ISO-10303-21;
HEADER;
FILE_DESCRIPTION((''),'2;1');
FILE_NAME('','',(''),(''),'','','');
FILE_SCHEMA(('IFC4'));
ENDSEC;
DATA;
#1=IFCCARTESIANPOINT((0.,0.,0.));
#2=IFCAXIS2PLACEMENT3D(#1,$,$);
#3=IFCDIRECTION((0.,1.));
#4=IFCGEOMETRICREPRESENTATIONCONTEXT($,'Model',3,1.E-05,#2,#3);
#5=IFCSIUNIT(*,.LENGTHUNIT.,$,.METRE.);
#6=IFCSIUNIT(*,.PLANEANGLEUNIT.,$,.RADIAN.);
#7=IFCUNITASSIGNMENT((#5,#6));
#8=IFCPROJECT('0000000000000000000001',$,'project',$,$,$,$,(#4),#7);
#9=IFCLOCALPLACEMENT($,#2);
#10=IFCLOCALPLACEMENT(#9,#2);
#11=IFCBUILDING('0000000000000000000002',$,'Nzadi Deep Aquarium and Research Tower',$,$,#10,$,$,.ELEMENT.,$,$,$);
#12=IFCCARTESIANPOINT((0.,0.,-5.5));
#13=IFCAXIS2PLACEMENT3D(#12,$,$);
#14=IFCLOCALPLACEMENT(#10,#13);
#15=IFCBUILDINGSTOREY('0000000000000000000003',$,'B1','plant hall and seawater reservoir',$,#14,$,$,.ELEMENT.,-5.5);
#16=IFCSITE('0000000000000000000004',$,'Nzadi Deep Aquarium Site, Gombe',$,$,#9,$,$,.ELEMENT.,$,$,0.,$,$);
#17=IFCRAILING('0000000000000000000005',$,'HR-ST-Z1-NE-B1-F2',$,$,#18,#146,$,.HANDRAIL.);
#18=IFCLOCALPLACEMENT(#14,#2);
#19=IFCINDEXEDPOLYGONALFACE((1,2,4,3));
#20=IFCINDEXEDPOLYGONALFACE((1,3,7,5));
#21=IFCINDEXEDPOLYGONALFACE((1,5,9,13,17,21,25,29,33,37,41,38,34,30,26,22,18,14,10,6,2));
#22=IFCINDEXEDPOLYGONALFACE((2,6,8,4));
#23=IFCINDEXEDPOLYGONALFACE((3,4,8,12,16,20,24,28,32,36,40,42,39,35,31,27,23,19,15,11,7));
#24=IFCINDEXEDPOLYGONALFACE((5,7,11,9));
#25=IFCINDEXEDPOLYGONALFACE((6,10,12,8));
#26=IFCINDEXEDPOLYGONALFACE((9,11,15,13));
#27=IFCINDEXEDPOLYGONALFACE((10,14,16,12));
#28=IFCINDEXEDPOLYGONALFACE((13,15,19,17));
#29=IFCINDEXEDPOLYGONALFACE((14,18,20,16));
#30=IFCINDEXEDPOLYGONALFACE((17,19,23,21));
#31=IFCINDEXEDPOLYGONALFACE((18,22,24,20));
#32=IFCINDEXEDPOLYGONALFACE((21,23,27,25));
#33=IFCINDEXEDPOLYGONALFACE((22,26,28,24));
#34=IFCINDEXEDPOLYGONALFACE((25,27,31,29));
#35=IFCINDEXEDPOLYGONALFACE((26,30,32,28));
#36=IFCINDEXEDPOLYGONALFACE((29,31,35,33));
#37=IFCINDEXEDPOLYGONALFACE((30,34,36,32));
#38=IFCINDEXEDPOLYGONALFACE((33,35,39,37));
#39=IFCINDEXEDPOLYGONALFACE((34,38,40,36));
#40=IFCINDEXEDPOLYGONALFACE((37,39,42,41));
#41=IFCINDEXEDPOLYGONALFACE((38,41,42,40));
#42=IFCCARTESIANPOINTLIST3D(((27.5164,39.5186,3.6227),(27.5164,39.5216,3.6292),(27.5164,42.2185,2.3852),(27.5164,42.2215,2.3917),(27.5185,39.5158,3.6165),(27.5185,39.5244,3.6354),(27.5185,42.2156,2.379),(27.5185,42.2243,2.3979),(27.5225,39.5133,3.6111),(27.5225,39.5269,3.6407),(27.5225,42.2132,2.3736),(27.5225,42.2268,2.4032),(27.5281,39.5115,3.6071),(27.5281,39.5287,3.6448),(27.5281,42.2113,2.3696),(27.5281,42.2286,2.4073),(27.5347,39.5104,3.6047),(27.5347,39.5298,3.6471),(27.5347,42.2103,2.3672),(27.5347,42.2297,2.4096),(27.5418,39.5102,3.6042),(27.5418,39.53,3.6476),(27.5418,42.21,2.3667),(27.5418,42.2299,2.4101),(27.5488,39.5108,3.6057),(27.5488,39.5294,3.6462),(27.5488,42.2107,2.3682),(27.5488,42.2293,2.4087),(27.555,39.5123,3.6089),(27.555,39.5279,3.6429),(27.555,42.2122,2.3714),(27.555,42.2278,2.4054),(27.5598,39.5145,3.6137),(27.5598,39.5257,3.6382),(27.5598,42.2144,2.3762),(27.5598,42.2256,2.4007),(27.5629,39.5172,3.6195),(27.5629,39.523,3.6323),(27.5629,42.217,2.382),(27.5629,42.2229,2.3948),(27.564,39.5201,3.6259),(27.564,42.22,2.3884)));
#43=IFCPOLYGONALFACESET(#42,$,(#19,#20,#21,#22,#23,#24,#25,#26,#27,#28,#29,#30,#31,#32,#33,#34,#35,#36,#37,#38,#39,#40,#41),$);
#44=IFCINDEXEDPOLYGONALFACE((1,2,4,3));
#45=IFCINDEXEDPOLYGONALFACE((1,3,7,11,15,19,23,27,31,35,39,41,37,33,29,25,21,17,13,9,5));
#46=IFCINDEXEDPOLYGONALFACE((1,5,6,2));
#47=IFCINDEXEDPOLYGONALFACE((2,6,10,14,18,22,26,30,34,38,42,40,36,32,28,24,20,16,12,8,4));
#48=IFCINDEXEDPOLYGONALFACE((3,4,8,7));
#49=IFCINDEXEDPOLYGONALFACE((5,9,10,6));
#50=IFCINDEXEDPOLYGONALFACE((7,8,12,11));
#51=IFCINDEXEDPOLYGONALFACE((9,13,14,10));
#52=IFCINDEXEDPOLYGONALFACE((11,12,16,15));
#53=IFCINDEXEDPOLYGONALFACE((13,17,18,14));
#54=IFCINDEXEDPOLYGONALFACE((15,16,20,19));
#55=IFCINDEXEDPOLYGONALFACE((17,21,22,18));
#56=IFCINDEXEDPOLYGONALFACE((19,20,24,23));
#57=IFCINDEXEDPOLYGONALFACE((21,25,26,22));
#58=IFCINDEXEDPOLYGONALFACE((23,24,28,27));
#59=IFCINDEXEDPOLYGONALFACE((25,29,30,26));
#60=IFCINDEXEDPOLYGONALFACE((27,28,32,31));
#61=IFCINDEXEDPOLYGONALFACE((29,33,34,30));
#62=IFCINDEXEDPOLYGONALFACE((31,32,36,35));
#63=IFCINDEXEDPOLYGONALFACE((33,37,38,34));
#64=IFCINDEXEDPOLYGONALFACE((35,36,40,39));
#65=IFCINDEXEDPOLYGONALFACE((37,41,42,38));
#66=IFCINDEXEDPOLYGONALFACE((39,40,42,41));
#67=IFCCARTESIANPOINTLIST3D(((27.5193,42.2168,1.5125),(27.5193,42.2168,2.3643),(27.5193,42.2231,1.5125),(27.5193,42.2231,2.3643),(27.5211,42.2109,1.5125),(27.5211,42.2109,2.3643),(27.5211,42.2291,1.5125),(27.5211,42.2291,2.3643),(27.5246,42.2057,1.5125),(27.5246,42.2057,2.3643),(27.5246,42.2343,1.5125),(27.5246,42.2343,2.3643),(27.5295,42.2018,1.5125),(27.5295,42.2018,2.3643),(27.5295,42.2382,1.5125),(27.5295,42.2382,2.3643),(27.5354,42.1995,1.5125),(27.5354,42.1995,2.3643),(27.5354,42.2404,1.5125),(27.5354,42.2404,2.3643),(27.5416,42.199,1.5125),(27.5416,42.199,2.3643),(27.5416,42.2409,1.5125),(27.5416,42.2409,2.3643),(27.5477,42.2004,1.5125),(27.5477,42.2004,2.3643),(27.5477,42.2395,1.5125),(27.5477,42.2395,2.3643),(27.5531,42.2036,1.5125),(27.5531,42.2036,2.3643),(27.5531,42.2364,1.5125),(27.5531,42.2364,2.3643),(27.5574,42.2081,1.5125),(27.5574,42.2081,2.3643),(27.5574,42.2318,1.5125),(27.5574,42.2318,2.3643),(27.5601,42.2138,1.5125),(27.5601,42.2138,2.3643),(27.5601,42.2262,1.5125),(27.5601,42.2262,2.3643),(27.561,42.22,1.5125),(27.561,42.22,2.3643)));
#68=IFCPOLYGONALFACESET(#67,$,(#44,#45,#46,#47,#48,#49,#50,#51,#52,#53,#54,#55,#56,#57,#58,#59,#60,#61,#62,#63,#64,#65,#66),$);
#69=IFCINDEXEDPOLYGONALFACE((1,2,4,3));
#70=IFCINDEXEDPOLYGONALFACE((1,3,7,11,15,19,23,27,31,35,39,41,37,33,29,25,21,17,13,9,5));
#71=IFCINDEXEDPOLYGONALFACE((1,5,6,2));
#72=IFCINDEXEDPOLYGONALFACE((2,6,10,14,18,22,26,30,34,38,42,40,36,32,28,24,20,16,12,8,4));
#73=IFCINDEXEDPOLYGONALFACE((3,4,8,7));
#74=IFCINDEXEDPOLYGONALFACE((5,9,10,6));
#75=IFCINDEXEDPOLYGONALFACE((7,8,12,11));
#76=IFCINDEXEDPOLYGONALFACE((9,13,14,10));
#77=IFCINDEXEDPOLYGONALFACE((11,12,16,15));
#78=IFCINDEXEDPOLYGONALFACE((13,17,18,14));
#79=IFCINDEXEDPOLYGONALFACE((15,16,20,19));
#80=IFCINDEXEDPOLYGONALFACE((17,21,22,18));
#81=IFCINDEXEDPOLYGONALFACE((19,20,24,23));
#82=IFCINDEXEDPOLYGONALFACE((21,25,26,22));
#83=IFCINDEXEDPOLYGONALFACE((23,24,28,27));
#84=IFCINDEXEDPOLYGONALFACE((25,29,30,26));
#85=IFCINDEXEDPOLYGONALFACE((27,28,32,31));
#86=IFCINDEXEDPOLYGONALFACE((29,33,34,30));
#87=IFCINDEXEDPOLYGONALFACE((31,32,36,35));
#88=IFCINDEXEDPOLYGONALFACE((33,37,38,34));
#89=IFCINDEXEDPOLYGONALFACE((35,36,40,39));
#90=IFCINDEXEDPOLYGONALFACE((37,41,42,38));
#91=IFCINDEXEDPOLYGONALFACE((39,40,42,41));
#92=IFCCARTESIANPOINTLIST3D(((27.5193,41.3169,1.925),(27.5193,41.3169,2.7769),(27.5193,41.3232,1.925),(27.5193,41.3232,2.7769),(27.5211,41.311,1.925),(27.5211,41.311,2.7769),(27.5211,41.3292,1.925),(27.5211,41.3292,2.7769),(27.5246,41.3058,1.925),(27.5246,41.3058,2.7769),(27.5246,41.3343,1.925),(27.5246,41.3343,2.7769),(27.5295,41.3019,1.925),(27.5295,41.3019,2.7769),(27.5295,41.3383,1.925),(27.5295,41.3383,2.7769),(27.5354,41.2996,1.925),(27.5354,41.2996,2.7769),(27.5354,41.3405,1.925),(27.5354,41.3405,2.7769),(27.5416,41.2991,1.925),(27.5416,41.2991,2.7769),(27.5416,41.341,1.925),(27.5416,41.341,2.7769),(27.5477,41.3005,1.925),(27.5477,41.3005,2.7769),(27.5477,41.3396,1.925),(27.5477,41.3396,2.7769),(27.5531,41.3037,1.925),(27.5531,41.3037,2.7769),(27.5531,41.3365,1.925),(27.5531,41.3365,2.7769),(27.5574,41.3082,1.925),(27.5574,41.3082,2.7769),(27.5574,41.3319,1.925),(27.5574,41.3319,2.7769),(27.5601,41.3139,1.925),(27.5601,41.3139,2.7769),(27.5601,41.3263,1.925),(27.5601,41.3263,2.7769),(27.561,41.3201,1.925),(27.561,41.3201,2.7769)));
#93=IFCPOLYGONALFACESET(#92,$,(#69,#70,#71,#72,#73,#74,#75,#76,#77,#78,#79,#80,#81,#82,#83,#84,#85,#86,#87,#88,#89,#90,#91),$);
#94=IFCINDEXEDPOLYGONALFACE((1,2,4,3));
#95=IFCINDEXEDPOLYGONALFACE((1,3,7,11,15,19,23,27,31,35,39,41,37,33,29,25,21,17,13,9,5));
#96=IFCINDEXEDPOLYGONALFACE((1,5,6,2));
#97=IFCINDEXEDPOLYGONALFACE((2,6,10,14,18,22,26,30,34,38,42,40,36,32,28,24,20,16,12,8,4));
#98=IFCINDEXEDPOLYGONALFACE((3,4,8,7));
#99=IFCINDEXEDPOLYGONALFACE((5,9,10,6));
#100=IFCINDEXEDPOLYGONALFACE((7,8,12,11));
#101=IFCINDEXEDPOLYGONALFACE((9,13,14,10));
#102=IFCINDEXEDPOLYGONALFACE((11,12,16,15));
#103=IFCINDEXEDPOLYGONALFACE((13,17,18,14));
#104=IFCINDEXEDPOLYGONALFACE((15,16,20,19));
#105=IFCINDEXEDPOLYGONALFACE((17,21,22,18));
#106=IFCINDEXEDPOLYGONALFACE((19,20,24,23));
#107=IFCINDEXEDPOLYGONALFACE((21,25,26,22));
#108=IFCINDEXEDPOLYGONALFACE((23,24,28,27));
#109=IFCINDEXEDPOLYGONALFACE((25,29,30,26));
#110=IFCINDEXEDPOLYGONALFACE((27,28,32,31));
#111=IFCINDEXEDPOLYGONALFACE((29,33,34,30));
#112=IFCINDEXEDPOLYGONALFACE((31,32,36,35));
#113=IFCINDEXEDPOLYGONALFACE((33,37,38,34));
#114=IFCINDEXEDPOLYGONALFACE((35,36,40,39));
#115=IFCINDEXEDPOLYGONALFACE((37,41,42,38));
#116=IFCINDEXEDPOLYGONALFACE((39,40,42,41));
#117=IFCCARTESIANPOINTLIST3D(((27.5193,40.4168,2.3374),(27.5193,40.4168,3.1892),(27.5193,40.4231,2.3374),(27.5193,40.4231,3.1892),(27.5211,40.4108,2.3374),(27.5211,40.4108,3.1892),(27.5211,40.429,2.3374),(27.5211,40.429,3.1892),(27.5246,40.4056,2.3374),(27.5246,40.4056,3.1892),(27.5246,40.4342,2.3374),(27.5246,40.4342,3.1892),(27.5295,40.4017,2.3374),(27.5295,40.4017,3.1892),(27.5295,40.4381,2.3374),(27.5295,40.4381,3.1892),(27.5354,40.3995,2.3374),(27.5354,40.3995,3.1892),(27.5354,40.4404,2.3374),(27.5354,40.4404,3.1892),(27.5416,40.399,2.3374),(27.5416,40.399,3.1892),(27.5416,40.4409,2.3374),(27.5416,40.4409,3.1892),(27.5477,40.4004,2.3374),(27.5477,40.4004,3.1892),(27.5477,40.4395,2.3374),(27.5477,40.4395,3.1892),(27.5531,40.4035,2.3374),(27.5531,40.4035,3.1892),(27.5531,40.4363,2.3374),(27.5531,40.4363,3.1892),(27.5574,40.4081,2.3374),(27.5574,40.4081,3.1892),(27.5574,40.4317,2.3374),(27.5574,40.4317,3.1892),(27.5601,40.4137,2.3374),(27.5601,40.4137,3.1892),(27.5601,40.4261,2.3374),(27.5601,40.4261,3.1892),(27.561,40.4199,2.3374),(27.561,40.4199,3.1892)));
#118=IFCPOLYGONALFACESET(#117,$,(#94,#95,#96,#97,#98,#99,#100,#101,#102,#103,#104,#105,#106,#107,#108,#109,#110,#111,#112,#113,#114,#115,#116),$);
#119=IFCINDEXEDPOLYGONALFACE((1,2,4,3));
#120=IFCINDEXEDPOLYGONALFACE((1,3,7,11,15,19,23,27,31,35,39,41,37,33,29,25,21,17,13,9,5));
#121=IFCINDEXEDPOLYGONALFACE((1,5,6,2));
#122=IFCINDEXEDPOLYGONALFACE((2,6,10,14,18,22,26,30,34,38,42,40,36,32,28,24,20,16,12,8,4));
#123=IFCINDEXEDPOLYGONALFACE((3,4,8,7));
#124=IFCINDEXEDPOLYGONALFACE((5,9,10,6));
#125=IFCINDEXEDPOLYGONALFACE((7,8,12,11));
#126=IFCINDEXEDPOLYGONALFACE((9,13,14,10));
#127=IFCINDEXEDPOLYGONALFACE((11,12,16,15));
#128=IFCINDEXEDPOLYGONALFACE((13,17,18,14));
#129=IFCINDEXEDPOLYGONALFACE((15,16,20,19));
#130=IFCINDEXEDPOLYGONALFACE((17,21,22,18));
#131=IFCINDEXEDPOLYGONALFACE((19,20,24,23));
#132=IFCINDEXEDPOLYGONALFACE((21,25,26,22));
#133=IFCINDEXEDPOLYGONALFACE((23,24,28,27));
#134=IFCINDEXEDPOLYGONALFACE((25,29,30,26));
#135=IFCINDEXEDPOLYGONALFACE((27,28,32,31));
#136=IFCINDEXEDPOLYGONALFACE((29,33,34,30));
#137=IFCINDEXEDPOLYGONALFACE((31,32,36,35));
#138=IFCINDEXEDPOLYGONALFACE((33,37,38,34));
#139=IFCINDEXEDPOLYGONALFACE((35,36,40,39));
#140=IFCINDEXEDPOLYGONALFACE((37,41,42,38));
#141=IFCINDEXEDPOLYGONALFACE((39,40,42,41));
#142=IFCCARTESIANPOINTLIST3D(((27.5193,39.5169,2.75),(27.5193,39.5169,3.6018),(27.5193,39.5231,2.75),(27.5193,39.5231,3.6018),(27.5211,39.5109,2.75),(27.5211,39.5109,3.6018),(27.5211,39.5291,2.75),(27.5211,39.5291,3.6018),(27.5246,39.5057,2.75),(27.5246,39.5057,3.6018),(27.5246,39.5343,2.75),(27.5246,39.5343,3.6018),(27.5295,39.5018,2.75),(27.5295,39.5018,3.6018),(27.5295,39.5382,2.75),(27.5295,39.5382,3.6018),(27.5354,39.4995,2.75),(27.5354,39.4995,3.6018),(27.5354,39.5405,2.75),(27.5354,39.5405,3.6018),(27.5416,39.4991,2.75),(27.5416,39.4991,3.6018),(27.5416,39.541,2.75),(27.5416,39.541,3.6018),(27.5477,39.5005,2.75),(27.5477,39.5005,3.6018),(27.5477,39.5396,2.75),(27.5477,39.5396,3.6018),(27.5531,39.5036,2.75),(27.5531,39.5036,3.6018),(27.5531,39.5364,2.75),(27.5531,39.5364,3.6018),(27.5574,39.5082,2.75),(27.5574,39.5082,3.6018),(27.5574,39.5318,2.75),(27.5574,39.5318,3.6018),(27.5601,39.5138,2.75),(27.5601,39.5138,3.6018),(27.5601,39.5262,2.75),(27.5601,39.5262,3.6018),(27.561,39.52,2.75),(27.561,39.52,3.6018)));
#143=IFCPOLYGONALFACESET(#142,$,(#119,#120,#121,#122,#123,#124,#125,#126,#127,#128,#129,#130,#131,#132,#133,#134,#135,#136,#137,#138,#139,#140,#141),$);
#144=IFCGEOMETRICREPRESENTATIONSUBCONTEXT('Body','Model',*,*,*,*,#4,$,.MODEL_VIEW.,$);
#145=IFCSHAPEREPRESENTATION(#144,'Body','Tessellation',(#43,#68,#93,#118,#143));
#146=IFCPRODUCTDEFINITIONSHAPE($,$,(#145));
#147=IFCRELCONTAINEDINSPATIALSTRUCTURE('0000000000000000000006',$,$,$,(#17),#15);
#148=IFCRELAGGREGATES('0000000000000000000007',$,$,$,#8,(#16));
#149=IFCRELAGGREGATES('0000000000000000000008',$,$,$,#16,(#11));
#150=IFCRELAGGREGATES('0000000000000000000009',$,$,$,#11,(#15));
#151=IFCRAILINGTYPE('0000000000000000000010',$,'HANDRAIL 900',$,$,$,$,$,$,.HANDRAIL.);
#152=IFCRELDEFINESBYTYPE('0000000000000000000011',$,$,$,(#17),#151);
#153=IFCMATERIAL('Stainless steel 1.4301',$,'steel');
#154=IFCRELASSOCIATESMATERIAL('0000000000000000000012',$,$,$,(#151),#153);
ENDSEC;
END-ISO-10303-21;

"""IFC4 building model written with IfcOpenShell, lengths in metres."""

from ifc_helpers import new_model, si_unit, direction, frame, origin, origin_2d, place, context, subcontext, project, spatial, circle, extrude, material, type_object, element, save


model = new_model("IFC4")

# Units and contexts
model_context = context("Model", 3, precision=1e-05, world=origin(), true_north=direction((0.0, 1.0)))
body_context = subcontext(model_context, "Body", "Model", "MODEL_VIEW")
ifc_project = project(units=[si_unit("LENGTHUNIT", "METRE"), si_unit("PLANEANGLEUNIT", "RADIAN")], contexts=[model_context])

# Site, building, storey
site_placement = place(None, origin())
site = spatial("IfcSite", under=ifc_project, at=site_placement, Name="Nzadi Deep Aquarium Site, Gombe", CompositionType="ELEMENT", RefElevation=0.0)
building_placement = place(site_placement, origin())
building = spatial("IfcBuilding", under=site, at=building_placement, Name="Nzadi Deep Aquarium and Research Tower", CompositionType="ELEMENT")
storey_placement = place(building_placement, frame((0.0, 0.0, -5.5)))
storey = spatial("IfcBuildingStorey", under=building, at=storey_placement, Name="B1", Description="plant hall and seawater reservoir", CompositionType="ELEMENT", Elevation=-5.5)

# Railing
ifc_material_1 = material(Name="Stainless steel 1.4301", Category="steel")
railing_type = type_object("IfcRailingType", Name="HANDRAIL 900", PredefinedType="HANDRAIL", material=ifc_material_1)
for number, where, name in (
    (1, (27.54, 42.22, 1.5125), "HR-ST-Z1-NE-B1-F2"),
):
    element("IfcRailing", number, at=place(storey_placement, frame(where)), inside=storey, type_object=railing_type, Name=name, PredefinedType="HANDRAIL", context=body_context, shape_type="SweptSolid", body=[
        extrude(circle(Radius=0.0239, at=origin_2d()), frame((0.0, 0.0, 0.876), z_axis=(0.0, -0.909056, 0.416675), x_axis=(1.0, 0.0, 0.0)), (0.0, 0.0, 1.0), 2.97),
        extrude(circle(Radius=0.021, at=origin_2d()), origin(), (0.0, 0.0, 1.0), 0.8518),
        extrude(circle(Radius=0.021, at=origin_2d()), frame((0.0, -0.8999, 0.4126)), (0.0, 0.0, 1.0), 0.8518),
        extrude(circle(Radius=0.021, at=origin_2d()), frame((0.0, -1.8, 0.825)), (0.0, 0.0, 1.0), 0.8518),
        extrude(circle(Radius=0.021, at=origin_2d()), frame((0.0, -2.7, 1.2375)), (0.0, 0.0, 1.0), 0.8518),
    ])

save(model, "model.ifc")
